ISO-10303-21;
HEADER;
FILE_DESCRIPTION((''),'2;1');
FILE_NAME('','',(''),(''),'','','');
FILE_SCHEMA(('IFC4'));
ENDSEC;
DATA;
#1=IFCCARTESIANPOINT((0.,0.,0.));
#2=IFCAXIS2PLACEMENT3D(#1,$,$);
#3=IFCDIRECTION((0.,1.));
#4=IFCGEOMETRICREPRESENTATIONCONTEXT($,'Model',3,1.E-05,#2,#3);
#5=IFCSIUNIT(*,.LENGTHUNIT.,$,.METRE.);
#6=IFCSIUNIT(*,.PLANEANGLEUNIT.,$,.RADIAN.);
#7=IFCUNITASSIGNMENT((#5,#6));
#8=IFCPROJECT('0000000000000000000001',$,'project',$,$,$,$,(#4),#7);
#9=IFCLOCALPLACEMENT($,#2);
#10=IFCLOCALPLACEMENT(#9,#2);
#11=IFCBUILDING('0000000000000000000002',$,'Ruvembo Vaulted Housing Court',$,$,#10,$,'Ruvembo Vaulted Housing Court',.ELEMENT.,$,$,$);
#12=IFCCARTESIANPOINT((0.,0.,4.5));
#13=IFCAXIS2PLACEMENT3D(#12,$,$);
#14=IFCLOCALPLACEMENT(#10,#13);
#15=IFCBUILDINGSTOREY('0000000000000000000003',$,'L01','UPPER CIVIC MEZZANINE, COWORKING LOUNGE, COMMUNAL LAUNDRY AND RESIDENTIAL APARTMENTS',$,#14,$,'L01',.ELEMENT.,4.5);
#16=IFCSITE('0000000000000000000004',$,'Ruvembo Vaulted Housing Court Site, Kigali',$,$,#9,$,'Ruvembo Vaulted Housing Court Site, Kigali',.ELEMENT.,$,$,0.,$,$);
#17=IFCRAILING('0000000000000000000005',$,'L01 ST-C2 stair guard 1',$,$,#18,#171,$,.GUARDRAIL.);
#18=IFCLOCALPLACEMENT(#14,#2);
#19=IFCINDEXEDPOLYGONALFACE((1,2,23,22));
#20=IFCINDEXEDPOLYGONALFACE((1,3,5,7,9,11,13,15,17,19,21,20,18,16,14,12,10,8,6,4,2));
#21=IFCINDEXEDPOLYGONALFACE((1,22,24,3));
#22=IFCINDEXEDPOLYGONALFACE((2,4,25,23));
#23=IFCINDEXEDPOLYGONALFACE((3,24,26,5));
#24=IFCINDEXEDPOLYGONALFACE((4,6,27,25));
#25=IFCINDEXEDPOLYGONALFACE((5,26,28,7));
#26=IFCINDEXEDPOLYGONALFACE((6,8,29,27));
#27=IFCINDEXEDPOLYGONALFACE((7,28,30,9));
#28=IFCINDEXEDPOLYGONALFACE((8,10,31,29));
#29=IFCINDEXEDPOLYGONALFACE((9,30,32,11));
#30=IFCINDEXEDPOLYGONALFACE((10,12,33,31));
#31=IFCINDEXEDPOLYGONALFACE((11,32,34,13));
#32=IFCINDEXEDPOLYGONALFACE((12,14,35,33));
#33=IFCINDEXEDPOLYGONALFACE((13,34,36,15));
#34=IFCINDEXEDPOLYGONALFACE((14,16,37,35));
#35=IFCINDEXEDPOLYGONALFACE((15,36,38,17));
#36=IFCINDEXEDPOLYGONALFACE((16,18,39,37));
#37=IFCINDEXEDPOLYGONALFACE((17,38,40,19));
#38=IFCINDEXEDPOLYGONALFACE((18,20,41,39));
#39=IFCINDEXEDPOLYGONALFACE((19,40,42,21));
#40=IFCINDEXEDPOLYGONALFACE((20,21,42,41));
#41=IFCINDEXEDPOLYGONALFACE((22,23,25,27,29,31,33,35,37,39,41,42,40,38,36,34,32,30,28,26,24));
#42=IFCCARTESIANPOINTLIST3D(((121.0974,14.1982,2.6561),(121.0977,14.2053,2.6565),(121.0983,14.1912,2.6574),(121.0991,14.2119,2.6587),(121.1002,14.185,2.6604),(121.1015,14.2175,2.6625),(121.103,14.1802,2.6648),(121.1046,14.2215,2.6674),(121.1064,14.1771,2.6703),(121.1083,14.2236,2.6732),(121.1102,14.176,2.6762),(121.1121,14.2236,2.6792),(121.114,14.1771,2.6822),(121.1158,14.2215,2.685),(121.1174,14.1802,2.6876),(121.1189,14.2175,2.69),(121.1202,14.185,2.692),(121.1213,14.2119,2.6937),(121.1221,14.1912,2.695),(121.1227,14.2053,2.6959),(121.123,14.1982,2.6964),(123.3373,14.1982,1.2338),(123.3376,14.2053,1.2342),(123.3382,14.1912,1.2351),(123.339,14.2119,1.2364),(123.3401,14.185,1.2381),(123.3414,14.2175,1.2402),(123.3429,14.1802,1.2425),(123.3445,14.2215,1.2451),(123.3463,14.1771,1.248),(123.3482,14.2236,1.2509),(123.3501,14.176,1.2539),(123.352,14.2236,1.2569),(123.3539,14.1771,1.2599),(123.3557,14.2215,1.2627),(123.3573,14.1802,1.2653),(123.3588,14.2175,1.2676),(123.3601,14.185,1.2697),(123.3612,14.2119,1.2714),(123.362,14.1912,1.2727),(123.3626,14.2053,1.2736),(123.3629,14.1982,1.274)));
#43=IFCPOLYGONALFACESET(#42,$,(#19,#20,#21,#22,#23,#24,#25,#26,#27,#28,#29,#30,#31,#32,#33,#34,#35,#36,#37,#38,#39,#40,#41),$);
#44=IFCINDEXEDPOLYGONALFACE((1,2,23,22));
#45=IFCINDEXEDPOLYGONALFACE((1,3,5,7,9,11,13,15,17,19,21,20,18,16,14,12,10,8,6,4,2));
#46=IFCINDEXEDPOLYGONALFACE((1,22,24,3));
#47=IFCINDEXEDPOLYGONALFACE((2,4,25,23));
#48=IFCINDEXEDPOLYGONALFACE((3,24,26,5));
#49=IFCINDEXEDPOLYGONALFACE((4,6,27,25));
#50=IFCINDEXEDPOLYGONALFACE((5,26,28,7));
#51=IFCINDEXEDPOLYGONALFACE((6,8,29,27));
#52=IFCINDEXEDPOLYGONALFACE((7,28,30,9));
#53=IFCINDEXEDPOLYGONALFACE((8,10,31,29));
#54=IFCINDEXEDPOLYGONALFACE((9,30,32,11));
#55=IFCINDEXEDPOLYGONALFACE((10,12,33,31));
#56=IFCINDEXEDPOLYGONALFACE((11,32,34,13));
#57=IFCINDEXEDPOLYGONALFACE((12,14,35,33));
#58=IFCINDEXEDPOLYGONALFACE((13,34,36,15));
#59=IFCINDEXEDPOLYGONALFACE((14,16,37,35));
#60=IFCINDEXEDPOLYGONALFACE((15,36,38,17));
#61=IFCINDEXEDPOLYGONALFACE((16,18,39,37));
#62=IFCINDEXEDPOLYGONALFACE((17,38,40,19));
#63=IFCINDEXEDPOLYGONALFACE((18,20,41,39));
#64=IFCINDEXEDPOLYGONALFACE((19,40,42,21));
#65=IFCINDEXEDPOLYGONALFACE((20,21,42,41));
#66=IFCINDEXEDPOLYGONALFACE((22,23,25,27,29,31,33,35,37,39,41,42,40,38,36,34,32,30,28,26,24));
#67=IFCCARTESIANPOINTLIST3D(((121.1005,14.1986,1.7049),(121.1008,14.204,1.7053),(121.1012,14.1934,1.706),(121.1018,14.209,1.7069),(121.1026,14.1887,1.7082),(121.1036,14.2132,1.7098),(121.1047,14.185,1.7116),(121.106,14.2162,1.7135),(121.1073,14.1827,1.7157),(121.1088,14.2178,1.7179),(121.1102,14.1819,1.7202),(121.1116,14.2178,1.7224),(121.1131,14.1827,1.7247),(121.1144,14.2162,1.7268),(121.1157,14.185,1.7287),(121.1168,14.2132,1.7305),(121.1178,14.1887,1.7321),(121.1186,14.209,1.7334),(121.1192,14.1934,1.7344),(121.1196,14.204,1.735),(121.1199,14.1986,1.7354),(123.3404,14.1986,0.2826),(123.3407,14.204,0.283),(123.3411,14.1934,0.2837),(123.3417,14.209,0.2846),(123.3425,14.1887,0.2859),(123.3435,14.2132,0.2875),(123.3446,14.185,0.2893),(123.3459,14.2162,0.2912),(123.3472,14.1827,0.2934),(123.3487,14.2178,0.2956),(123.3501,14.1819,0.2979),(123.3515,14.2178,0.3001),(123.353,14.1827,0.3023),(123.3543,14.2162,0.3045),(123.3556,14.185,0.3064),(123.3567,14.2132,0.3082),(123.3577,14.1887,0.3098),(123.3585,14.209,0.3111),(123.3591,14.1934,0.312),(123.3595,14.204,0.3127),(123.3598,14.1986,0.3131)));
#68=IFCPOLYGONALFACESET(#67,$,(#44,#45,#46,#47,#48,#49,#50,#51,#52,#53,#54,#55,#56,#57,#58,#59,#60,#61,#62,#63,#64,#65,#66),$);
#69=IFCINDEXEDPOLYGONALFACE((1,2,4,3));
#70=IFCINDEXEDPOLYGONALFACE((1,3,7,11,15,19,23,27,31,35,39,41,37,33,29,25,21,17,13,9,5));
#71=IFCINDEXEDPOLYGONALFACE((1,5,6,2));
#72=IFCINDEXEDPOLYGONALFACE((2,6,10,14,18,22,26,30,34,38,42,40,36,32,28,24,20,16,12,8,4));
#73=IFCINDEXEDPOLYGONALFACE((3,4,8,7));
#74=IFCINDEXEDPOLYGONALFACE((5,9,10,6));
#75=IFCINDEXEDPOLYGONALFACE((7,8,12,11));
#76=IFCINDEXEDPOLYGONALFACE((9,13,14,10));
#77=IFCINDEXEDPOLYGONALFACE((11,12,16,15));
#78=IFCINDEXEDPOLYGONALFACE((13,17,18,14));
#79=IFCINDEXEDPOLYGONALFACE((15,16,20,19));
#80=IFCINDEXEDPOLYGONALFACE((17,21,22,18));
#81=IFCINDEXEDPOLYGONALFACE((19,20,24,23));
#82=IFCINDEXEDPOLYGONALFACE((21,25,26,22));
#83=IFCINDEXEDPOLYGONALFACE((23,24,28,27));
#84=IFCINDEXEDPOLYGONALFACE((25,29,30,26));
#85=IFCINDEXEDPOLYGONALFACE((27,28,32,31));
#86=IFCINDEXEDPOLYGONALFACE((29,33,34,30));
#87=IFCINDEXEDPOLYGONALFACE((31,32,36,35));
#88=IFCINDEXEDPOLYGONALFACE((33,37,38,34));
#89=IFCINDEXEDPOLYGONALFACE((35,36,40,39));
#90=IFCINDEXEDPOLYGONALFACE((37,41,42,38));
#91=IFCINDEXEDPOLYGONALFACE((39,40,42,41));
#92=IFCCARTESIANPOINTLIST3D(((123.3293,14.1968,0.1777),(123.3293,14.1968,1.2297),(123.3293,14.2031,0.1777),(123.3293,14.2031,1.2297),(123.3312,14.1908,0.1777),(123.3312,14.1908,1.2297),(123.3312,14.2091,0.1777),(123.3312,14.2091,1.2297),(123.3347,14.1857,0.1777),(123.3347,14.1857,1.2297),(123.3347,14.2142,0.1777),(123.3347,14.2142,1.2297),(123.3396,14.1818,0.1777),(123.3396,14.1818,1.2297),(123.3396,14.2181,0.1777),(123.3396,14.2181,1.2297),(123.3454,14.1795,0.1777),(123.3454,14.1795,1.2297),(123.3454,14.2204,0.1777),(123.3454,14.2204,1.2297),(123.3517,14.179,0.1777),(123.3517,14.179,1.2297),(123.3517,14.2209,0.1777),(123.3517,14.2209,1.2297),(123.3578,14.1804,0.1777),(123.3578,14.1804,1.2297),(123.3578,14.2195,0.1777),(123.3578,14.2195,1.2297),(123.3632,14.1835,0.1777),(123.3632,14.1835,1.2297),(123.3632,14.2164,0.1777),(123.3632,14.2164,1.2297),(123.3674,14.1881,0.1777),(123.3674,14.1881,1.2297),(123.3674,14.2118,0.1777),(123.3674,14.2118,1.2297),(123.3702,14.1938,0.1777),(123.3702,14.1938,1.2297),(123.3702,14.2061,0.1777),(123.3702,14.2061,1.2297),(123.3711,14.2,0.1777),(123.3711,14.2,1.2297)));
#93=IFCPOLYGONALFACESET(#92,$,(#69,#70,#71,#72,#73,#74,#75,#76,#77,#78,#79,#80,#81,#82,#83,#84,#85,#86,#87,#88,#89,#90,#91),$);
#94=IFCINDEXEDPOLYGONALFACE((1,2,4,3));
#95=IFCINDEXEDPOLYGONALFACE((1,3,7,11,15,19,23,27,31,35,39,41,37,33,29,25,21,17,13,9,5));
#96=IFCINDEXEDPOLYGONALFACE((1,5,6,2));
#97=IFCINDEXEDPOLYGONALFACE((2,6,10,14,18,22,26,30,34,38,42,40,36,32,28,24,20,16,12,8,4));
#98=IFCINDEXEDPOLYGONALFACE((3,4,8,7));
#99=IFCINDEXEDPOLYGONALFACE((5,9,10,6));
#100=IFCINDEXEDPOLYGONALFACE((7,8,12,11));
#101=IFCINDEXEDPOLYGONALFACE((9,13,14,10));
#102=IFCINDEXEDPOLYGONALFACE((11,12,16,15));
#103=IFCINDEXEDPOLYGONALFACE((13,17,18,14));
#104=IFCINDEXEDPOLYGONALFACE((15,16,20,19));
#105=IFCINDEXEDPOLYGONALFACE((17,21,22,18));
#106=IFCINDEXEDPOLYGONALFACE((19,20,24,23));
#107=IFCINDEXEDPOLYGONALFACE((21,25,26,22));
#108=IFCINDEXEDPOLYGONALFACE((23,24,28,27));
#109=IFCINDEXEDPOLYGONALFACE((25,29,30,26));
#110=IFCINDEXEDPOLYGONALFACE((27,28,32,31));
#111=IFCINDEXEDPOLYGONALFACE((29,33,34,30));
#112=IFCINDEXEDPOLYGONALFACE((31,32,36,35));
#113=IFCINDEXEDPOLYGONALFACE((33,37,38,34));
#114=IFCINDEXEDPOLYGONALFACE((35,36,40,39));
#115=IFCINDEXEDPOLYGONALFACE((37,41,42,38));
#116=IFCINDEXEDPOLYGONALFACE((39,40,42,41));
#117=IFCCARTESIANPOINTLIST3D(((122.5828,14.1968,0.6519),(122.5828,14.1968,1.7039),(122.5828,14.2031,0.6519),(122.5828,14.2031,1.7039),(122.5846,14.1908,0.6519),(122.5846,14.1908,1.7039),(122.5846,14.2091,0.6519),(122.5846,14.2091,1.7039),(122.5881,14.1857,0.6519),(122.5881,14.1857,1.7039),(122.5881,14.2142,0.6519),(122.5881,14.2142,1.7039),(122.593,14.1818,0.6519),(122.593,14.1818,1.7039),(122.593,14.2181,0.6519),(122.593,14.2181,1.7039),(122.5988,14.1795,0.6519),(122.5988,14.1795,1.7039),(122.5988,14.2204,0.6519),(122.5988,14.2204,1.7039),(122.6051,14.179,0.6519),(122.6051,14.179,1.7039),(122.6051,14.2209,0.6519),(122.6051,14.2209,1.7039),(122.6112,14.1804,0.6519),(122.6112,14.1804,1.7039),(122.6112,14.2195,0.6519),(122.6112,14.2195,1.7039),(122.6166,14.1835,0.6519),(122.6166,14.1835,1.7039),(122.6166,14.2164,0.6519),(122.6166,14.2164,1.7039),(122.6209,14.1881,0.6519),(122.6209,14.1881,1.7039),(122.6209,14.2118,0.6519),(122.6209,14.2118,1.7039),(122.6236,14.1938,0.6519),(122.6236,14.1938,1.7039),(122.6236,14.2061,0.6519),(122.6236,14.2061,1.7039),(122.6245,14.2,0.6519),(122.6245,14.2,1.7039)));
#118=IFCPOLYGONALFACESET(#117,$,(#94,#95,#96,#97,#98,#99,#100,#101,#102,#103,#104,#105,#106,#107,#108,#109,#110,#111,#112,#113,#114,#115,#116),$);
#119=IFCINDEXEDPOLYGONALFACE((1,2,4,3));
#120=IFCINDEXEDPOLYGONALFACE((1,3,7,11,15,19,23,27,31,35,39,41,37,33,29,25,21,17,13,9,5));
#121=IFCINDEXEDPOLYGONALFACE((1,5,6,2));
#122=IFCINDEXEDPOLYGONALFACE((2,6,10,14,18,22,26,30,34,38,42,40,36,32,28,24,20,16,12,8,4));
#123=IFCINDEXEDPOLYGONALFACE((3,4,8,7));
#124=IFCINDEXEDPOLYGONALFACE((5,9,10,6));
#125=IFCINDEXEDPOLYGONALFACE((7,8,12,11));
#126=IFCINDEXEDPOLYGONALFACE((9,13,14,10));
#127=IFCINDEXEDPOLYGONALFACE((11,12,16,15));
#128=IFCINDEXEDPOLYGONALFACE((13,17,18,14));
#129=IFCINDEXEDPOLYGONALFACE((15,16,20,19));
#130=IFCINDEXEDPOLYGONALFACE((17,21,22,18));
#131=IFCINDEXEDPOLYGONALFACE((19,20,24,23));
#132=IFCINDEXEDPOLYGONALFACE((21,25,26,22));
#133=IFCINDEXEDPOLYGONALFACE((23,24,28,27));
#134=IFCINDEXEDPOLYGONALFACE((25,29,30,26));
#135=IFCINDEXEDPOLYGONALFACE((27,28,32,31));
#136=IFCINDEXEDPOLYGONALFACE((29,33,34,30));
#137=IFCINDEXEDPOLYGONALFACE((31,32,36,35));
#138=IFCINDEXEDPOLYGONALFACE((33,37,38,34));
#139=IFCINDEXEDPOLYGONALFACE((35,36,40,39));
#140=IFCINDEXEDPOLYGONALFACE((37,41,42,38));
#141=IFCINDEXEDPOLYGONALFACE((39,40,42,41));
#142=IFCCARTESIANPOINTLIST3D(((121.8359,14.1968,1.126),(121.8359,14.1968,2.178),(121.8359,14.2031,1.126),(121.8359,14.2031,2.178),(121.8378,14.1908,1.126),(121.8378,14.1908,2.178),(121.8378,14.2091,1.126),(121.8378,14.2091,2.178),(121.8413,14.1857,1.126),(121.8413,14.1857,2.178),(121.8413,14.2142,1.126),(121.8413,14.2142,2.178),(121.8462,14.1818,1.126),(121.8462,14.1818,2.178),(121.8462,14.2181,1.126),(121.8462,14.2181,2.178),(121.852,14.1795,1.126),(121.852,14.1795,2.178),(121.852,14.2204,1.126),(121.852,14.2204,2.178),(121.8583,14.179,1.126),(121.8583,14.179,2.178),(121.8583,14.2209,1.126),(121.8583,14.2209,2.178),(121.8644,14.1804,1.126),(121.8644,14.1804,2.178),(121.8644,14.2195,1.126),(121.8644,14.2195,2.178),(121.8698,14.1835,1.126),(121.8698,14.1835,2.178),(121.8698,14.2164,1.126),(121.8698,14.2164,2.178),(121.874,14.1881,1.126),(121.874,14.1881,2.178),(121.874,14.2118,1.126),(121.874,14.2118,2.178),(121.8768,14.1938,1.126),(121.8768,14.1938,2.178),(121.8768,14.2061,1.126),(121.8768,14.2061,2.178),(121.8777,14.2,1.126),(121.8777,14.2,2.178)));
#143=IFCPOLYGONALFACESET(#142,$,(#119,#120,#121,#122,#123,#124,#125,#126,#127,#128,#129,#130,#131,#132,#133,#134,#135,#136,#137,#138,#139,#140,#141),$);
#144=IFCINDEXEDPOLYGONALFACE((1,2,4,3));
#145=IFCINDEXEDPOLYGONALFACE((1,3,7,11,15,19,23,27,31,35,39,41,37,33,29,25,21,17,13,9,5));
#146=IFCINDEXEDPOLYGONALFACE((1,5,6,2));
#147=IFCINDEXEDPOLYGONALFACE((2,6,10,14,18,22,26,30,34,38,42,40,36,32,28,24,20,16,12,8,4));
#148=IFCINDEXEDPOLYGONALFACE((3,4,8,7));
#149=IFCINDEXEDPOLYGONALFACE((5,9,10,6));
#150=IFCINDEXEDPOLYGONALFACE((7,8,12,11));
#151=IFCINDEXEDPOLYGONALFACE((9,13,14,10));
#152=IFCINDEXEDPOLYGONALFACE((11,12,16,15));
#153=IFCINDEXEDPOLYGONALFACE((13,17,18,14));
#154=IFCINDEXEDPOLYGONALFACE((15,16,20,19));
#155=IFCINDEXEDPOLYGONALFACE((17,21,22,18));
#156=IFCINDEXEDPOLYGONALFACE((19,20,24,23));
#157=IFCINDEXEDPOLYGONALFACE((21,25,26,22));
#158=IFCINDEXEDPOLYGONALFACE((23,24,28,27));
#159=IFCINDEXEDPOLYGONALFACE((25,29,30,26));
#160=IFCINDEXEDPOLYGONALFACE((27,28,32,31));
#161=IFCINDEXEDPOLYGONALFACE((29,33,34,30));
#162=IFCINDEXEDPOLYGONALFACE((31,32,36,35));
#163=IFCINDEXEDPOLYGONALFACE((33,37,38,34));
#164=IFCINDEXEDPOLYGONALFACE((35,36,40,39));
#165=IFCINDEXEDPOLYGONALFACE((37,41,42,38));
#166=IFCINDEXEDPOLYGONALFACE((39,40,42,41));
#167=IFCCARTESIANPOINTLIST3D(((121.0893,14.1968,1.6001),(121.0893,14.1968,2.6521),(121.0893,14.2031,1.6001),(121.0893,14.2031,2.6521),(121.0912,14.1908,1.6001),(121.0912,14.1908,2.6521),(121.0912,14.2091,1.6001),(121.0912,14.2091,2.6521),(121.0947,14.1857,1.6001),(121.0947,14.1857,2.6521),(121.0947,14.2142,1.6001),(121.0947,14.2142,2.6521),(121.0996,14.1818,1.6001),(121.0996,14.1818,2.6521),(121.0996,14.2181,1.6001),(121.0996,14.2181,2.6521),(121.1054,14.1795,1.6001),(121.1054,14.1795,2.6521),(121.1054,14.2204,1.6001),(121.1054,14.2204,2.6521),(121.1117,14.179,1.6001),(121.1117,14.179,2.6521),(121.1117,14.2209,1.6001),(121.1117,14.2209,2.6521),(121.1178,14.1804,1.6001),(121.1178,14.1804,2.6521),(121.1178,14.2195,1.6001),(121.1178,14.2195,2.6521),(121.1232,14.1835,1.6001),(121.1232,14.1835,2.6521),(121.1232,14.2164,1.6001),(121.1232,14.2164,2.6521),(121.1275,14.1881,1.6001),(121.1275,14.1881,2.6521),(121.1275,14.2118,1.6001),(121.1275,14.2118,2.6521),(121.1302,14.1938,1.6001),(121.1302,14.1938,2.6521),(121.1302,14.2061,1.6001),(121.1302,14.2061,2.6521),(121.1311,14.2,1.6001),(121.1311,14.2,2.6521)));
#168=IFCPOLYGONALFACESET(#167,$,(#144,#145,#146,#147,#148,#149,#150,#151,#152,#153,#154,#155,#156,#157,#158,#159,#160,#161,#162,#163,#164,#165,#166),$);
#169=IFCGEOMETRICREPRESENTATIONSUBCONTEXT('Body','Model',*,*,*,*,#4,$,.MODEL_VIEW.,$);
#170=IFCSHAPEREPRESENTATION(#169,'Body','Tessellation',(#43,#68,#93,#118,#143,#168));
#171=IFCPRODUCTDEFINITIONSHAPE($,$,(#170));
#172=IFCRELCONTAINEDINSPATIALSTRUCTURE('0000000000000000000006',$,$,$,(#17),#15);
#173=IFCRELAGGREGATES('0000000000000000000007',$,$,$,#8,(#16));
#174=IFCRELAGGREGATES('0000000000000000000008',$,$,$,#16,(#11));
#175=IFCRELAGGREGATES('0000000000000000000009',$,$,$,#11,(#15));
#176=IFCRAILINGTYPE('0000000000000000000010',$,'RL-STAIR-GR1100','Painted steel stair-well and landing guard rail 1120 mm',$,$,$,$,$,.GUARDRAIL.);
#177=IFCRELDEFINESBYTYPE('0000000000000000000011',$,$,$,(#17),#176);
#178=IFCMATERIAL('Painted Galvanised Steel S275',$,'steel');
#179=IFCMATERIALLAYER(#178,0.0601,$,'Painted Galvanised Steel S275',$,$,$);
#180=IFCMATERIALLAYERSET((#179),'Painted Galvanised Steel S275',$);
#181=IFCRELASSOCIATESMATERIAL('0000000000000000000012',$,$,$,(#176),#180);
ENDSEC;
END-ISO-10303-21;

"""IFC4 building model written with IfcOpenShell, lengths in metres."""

from ifc_helpers import new_model, si_unit, direction, frame, origin, origin_2d, place, context, subcontext, project, spatial, circle, extrude, material, layer, layer_set, type_object, element, save


model = new_model("IFC4")

# Units and contexts
model_context = context("Model", 3, precision=1e-05, world=origin(), true_north=direction((0.0, 1.0)))
body_context = subcontext(model_context, "Body", "Model", "MODEL_VIEW")
ifc_project = project(units=[si_unit("LENGTHUNIT", "METRE"), si_unit("PLANEANGLEUNIT", "RADIAN")], contexts=[model_context])

# Site, building, storey
site_placement = place(None, origin())
site = spatial("IfcSite", under=ifc_project, at=site_placement, Name="Ruvembo Vaulted Housing Court Site, Kigali", LongName="Ruvembo Vaulted Housing Court Site, Kigali", CompositionType="ELEMENT", RefElevation=0.0)
building_placement = place(site_placement, origin())
building = spatial("IfcBuilding", under=site, at=building_placement, Name="Ruvembo Vaulted Housing Court", LongName="Ruvembo Vaulted Housing Court", CompositionType="ELEMENT")
storey_placement = place(building_placement, frame((0.0, 0.0, 4.5)))
storey = spatial("IfcBuildingStorey", under=building, at=storey_placement, Name="L01", Description="UPPER CIVIC MEZZANINE, COWORKING LOUNGE, COMMUNAL LAUNDRY AND RESIDENTIAL APARTMENTS", LongName="L01", CompositionType="ELEMENT", Elevation=4.5)

# Railing
ifc_material_1 = material(Name="Painted Galvanised Steel S275", Category="steel")
ifc_layer_1 = layer(ifc_material_1, 0.0601, Name="Painted Galvanised Steel S275")
ifc_layer_set_1 = layer_set([ifc_layer_1], Name="Painted Galvanised Steel S275")
railing_type_1 = type_object("IfcRailingType", Name="RL-STAIR-GR1100", Description="Painted steel stair-well and landing guard rail 1120 mm", PredefinedType="GUARDRAIL", material=ifc_layer_set_1)
railing_1_placement = place(storey_placement, frame((123.3501, 14.2, 0.1777)))
element("IfcRailing", 1, at=railing_1_placement, inside=storey, type_object=railing_type_1, Name="L01 ST-C2 stair guard 1", PredefinedType="GUARDRAIL", context=body_context, shape_type="SweptSolid", body=[
    extrude(circle(Radius=0.0239, at=origin_2d()), frame((0.0, 0.0, 1.0762), z_axis=(-0.844188, 0.0, 0.536048), x_axis=(0.0, -1.0, 0.0)), (0.0, 0.0, 1.0), 2.6533),
    extrude(circle(Radius=0.0181, at=origin_2d()), frame((0.0, 0.0, 0.1201), z_axis=(-0.844188, 0.0, 0.536048), x_axis=(0.0, -1.0, 0.0)), (0.0, 0.0, 1.0), 2.6533),
    extrude(circle(Radius=0.021, at=origin_2d()), origin(), (0.0, 0.0, 1.0), 1.052),
    extrude(circle(Radius=0.021, at=origin_2d()), frame((-0.7466, 0.0, 0.4741)), (0.0, 0.0, 1.0), 1.052),
    extrude(circle(Radius=0.021, at=origin_2d()), frame((-1.4934, 0.0, 0.9482)), (0.0, 0.0, 1.0), 1.052),
    extrude(circle(Radius=0.021, at=origin_2d()), frame((-2.24, 0.0, 1.4224)), (0.0, 0.0, 1.0), 1.052),
])

save(model, "model.ifc")
